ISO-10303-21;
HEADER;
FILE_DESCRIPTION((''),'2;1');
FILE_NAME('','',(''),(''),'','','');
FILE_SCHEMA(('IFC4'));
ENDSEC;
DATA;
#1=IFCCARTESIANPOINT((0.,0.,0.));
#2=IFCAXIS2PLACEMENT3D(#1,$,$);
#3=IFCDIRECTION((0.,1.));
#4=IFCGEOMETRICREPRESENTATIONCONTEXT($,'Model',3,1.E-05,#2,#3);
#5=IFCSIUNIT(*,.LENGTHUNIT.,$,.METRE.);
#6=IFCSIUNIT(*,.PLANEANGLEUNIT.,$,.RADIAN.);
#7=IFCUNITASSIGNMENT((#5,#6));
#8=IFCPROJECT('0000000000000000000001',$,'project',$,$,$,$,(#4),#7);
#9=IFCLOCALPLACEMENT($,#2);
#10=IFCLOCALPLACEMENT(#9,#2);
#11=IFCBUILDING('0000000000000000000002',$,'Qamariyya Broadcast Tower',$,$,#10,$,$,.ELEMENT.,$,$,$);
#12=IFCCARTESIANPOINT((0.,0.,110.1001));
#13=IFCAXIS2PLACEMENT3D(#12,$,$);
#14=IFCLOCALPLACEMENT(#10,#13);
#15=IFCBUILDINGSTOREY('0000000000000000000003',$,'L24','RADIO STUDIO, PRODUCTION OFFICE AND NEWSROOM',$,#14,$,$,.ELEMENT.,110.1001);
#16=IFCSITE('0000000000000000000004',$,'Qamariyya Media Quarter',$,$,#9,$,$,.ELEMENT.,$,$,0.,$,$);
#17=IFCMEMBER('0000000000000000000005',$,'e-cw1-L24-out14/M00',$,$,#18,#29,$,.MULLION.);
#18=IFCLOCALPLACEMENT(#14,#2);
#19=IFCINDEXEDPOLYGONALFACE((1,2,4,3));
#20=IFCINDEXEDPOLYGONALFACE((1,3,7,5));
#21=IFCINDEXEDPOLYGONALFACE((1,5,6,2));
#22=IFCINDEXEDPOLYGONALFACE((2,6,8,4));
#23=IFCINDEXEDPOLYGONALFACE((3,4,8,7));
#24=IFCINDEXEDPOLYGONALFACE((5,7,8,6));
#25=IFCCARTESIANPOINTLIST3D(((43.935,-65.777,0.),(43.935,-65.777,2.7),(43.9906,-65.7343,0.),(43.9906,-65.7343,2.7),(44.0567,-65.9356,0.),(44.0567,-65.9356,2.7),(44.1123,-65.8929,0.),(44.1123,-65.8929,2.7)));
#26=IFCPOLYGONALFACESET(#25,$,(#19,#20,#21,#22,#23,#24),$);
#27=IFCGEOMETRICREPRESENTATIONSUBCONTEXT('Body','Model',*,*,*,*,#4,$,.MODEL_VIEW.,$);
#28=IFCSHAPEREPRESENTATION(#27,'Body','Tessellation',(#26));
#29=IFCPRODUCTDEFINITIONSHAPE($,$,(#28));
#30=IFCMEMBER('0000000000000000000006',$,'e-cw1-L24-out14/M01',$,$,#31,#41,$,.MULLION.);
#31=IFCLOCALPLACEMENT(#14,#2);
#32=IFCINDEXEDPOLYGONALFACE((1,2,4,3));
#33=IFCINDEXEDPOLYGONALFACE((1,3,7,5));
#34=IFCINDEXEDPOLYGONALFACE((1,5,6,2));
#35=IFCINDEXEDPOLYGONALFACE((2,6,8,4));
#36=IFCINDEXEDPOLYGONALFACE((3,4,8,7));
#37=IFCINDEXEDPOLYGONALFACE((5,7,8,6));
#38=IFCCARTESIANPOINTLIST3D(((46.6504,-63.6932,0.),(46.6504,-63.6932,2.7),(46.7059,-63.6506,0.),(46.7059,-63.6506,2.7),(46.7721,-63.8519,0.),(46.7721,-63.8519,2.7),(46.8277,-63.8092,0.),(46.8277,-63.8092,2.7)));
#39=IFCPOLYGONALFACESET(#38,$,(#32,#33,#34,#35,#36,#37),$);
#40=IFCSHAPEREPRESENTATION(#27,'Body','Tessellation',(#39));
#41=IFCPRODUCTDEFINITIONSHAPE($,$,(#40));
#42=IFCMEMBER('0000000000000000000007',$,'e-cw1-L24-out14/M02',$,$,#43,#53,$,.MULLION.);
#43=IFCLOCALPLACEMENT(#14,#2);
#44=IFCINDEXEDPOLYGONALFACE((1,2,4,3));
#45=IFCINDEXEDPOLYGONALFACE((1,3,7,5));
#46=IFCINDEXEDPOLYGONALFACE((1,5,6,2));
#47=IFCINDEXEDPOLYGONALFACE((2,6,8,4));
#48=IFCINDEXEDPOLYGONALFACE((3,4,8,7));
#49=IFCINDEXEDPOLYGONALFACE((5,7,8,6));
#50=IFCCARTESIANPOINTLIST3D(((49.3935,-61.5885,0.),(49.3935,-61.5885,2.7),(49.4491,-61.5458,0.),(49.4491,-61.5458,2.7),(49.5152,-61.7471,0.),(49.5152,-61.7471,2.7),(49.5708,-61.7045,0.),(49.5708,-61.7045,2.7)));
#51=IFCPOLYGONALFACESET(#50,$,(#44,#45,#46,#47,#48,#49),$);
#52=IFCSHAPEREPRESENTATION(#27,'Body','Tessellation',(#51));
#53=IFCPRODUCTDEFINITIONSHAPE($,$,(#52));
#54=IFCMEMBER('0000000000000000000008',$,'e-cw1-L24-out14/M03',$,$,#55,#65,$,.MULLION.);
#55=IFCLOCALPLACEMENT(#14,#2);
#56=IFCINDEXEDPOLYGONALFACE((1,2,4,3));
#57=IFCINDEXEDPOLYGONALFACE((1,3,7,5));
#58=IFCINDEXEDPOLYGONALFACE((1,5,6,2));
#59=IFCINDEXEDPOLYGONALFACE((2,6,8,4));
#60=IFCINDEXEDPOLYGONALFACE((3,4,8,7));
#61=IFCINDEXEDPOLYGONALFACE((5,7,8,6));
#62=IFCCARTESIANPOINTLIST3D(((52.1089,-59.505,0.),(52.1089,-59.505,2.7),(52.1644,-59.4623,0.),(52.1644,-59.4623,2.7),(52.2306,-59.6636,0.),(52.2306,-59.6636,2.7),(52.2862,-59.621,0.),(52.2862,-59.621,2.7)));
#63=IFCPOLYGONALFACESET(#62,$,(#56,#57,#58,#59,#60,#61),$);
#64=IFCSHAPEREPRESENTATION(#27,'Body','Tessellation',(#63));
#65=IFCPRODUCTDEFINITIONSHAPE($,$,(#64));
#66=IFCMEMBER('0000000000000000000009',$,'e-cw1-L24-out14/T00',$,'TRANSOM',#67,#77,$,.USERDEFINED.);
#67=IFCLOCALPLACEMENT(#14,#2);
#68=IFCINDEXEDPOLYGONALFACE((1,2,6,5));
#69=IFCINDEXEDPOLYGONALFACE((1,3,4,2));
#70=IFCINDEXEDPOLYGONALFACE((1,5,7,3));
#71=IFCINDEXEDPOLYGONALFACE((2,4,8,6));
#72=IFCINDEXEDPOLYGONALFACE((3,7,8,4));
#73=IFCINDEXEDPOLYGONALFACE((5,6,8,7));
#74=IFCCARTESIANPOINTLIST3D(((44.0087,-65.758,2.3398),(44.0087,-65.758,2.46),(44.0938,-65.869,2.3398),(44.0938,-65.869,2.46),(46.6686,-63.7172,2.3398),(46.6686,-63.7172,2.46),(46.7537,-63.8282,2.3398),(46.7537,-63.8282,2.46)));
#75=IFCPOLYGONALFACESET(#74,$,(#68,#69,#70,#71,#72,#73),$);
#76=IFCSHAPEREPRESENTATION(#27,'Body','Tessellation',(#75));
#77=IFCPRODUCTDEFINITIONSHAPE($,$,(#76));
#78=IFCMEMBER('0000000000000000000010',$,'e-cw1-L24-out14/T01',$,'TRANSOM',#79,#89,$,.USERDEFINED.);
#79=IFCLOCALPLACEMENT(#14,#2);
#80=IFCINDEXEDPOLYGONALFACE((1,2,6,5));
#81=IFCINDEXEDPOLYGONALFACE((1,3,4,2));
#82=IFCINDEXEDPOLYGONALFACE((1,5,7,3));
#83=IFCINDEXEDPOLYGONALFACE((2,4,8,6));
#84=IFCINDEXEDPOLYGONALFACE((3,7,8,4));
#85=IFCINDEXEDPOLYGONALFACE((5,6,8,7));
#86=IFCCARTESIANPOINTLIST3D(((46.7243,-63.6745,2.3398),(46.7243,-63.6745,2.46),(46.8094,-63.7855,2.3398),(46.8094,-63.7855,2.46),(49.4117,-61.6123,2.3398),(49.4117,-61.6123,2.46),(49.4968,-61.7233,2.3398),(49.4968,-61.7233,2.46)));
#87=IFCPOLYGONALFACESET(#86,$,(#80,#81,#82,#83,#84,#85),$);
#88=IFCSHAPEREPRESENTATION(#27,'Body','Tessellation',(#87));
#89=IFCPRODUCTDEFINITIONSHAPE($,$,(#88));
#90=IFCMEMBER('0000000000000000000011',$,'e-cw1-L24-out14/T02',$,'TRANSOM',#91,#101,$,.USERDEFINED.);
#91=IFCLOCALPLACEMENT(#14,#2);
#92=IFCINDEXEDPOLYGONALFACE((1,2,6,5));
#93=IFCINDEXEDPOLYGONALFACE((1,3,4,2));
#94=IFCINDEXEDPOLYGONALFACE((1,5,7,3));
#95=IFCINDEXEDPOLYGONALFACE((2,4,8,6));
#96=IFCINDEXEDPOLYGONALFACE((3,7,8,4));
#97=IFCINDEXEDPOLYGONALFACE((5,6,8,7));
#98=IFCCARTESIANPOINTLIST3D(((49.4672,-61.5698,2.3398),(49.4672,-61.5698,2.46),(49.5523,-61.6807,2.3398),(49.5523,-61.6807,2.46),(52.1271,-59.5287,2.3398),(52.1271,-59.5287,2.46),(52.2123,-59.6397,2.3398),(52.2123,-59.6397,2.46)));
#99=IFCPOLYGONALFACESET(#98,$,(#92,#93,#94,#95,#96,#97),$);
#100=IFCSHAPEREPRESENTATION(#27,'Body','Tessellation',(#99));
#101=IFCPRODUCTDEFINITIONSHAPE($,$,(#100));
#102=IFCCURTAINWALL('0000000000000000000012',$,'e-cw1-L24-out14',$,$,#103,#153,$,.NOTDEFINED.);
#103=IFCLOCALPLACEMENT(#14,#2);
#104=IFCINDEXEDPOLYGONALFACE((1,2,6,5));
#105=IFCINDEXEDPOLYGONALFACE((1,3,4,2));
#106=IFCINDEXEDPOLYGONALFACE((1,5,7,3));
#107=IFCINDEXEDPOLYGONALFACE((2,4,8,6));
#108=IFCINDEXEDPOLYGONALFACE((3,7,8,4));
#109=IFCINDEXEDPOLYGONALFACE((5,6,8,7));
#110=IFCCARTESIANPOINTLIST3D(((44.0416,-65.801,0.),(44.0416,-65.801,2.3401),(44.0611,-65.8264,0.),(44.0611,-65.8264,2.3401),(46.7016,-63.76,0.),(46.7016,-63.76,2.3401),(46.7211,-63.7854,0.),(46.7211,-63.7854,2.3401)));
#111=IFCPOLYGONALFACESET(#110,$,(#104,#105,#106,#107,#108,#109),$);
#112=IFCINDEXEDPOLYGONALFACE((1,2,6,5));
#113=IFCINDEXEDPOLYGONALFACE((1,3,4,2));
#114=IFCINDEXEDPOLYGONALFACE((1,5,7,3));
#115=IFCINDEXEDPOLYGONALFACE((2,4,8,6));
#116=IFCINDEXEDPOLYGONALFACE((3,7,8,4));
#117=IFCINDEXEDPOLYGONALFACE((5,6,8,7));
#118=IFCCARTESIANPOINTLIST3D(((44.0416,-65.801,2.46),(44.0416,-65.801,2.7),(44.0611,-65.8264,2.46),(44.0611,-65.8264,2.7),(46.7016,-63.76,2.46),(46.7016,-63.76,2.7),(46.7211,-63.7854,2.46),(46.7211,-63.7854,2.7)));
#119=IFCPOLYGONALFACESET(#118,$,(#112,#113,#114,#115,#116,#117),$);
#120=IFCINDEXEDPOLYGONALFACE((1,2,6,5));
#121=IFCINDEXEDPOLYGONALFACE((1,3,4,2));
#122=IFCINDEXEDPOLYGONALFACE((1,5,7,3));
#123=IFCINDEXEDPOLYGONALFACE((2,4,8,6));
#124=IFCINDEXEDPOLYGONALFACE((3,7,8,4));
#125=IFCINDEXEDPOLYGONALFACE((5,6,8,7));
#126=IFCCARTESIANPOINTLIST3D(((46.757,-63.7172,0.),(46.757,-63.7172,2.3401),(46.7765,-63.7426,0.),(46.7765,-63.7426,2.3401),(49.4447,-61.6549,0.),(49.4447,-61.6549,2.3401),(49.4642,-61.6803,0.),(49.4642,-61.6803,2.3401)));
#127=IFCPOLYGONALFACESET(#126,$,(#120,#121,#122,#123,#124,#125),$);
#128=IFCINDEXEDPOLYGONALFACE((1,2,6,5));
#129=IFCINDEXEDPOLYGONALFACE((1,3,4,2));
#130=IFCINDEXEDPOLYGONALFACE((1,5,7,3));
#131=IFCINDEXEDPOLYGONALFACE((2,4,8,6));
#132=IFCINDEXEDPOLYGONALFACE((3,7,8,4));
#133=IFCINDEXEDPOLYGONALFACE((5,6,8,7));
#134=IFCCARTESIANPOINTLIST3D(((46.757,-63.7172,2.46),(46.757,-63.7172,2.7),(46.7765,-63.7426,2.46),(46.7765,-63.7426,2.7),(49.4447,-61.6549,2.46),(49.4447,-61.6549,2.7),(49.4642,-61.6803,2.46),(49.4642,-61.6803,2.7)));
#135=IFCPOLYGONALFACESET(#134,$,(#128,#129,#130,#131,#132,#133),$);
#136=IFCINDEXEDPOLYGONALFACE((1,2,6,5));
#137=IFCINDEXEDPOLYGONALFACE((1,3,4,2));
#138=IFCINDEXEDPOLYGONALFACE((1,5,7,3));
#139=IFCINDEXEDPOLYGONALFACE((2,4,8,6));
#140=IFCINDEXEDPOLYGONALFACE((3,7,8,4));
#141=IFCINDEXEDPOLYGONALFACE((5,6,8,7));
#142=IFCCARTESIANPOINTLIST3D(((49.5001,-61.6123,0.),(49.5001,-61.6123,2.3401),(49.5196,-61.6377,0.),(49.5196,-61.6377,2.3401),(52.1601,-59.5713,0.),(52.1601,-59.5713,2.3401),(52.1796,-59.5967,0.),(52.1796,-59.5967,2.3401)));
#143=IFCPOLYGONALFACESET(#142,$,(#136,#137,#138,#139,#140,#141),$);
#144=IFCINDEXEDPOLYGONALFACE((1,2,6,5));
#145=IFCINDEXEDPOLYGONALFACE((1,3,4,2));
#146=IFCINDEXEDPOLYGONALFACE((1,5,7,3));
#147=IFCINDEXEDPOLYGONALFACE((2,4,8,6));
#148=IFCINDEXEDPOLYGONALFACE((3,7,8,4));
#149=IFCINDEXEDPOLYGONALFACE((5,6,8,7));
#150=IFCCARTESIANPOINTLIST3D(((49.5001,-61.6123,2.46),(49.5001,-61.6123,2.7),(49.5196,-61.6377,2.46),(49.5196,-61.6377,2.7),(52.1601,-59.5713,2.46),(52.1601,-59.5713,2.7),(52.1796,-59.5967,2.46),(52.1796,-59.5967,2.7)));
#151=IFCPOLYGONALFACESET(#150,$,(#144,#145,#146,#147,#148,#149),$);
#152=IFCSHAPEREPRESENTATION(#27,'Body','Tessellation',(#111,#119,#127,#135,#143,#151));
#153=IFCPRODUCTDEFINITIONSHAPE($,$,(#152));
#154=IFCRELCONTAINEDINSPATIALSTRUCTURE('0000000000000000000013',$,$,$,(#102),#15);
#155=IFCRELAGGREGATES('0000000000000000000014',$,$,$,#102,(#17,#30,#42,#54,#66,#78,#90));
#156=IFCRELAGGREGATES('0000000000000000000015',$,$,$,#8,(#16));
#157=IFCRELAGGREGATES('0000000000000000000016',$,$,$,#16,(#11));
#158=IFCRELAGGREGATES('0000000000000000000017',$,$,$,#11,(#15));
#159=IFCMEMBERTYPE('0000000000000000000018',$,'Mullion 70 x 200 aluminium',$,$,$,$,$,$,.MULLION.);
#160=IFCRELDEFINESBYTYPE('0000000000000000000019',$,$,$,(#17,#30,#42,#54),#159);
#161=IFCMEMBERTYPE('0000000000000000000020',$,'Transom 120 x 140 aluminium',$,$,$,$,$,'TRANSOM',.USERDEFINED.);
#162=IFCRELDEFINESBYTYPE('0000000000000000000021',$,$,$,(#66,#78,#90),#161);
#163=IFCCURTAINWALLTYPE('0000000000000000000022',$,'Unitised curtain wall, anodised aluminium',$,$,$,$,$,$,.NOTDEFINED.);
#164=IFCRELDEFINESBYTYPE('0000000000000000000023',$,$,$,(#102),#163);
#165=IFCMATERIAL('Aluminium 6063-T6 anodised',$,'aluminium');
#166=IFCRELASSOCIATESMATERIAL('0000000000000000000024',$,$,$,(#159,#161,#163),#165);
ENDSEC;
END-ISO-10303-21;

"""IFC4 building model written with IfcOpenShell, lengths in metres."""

from ifc_helpers import new_model, si_unit, direction, frame, origin, origin_2d, place, context, subcontext, project, spatial, rectangle, extrude, material, material_profile, profile_set, type_object, element, aggregate, save


model = new_model("IFC4")

# Units and contexts
model_context = context("Model", 3, precision=1e-05, world=origin(), true_north=direction((0.0, 1.0)))
body_context = subcontext(model_context, "Body", "Model", "MODEL_VIEW")
ifc_project = project(units=[si_unit("LENGTHUNIT", "METRE"), si_unit("PLANEANGLEUNIT", "RADIAN")], contexts=[model_context])

# Members
ifc_material_1 = material(Name="Aluminium 6063-T6 anodised", Category="aluminium")
ifc_material_profile_1 = material_profile(ifc_material_1, rectangle(XDim=0.2, YDim=0.0701, at=origin_2d()))
ifc_profile_set_1 = profile_set([ifc_material_profile_1], Name="Aluminium 6063-T6 anodised")
member_type_1 = type_object("IfcMemberType", Name="Mullion 70 x 200 aluminium", PredefinedType="MULLION", material=ifc_profile_set_1)
site_placement = place(None, origin())
building_placement = place(site_placement, origin())
storey_placement = place(building_placement, frame((0.0, 0.0, 110.1001)))
member_1_placement = place(storey_placement, frame((44.0237, -65.835, 0.0), z_axis=(0.0, 0.0, 1.0), x_axis=(-0.608761, 0.793353, 0.0)))
member_1 = element("IfcMember", 1, at=member_1_placement, type_object=member_type_1, Name="e-cw1-L24-out14/M00", PredefinedType="MULLION", context=body_context, shape_type="SweptSolid", body=[
    extrude(rectangle(XDim=0.2, YDim=0.0701, at=origin_2d()), origin(), (0.0, 0.0, 1.0), 2.7),
])
member_2_placement = place(storey_placement, frame((46.739, -63.7512, 0.0), z_axis=(0.0, 0.0, 1.0), x_axis=(-0.608761, 0.793353, 0.0)))
member_2 = element("IfcMember", 2, at=member_2_placement, type_object=member_type_1, Name="e-cw1-L24-out14/M01", PredefinedType="MULLION", context=body_context, shape_type="SweptSolid", body=[
    extrude(rectangle(XDim=0.2, YDim=0.0701, at=origin_2d()), origin(), (0.0, 0.0, 1.0), 2.7),
])
member_3_placement = place(storey_placement, frame((49.4822, -61.6465, 0.0), z_axis=(0.0, 0.0, 1.0), x_axis=(-0.608761, 0.793353, 0.0)))
member_3 = element("IfcMember", 3, at=member_3_placement, type_object=member_type_1, Name="e-cw1-L24-out14/M02", PredefinedType="MULLION", context=body_context, shape_type="SweptSolid", body=[
    extrude(rectangle(XDim=0.2, YDim=0.0701, at=origin_2d()), origin(), (0.0, 0.0, 1.0), 2.7),
])
member_4_placement = place(storey_placement, frame((52.1975, -59.563, 0.0), z_axis=(0.0, 0.0, 1.0), x_axis=(-0.608761, 0.793353, 0.0)))
member_4 = element("IfcMember", 4, at=member_4_placement, type_object=member_type_1, Name="e-cw1-L24-out14/M03", PredefinedType="MULLION", context=body_context, shape_type="SweptSolid", body=[
    extrude(rectangle(XDim=0.2, YDim=0.0701, at=origin_2d()), origin(), (0.0, 0.0, 1.0), 2.7),
])
ifc_material_profile_2 = material_profile(ifc_material_1, rectangle(XDim=0.1399, YDim=0.1201, at=origin_2d()))
ifc_profile_set_2 = profile_set([ifc_material_profile_2], Name="Aluminium 6063-T6 anodised")
member_type_2 = type_object("IfcMemberType", Name="Transom 120 x 140 aluminium", ElementType="TRANSOM", PredefinedType="USERDEFINED", material=ifc_profile_set_2)
member_5_placement = place(storey_placement, frame((44.0513, -65.8135, 2.3999), z_axis=(0.793389, 0.608714, 0.0), x_axis=(-0.608714, 0.793389, 0.0)))
member_5 = element("IfcMember", 5, at=member_5_placement, type_object=member_type_2, Name="e-cw1-L24-out14/T00", ObjectType="TRANSOM", PredefinedType="USERDEFINED", context=body_context, shape_type="SweptSolid", body=[
    extrude(rectangle(XDim=0.1399, YDim=0.1201, at=origin_2d()), origin(), (0.0, 0.0, 1.0), 3.3525),
])
member_6_placement = place(storey_placement, frame((46.7668, -63.73, 2.3999), z_axis=(0.793344, 0.608773, 0.0), x_axis=(-0.608773, 0.793344, 0.0)))
member_6 = element("IfcMember", 6, at=member_6_placement, type_object=member_type_2, Name="e-cw1-L24-out14/T01", ObjectType="TRANSOM", PredefinedType="USERDEFINED", context=body_context, shape_type="SweptSolid", body=[
    extrude(rectangle(XDim=0.1399, YDim=0.1201, at=origin_2d()), origin(), (0.0, 0.0, 1.0), 3.3875),
])
member_7_placement = place(storey_placement, frame((49.5098, -61.6252, 2.3999), z_axis=(0.793354, 0.60876, 0.0), x_axis=(-0.60876, 0.793354, 0.0)))
member_7 = element("IfcMember", 7, at=member_7_placement, type_object=member_type_2, Name="e-cw1-L24-out14/T02", ObjectType="TRANSOM", PredefinedType="USERDEFINED", context=body_context, shape_type="SweptSolid", body=[
    extrude(rectangle(XDim=0.1399, YDim=0.1201, at=origin_2d()), origin(), (0.0, 0.0, 1.0), 3.3528),
])

# Site, building, storey
site = spatial("IfcSite", under=ifc_project, at=site_placement, Name="Qamariyya Media Quarter", CompositionType="ELEMENT", RefElevation=0.0)
building = spatial("IfcBuilding", under=site, at=building_placement, Name="Qamariyya Broadcast Tower", CompositionType="ELEMENT")
storey = spatial("IfcBuildingStorey", under=building, at=storey_placement, Name="L24", Description="RADIO STUDIO, PRODUCTION OFFICE AND NEWSROOM", CompositionType="ELEMENT", Elevation=110.1001)

# Curtain wall
curtain_wall_type = type_object("IfcCurtainWallType", Name="Unitised curtain wall, anodised aluminium", PredefinedType="NOTDEFINED", material=ifc_material_1)
curtain_wall_1_placement = place(storey_placement, origin())
curtain_wall_1 = element("IfcCurtainWall", 8, at=curtain_wall_1_placement, inside=storey, type_object=curtain_wall_type, Name="e-cw1-L24-out14", PredefinedType="NOTDEFINED", context=body_context, shape_type="SweptSolid", body=[
    extrude(rectangle(XDim=3.3528, YDim=0.032, at=origin_2d()), frame((45.3813, -64.7932, 0.0), x_axis=(0.793354, 0.608761, 0.0)), (0.0, 0.0, 1.0), 2.3401),
    extrude(rectangle(XDim=3.3528, YDim=0.032, at=origin_2d()), frame((45.3813, -64.7932, 2.46), x_axis=(0.793354, 0.608761, 0.0)), (0.0, 0.0, 1.0), 0.24),
    extrude(rectangle(XDim=3.3877, YDim=0.032, at=origin_2d()), frame((48.1106, -62.6987, 0.0), x_axis=(0.793354, 0.608761, 0.0)), (0.0, 0.0, 1.0), 2.3401),
    extrude(rectangle(XDim=3.3877, YDim=0.032, at=origin_2d()), frame((48.1106, -62.6987, 2.46), x_axis=(0.793354, 0.608761, 0.0)), (0.0, 0.0, 1.0), 0.24),
    extrude(rectangle(XDim=3.3528, YDim=0.032, at=origin_2d()), frame((50.8398, -60.6045, 0.0), x_axis=(0.793354, 0.608761, 0.0)), (0.0, 0.0, 1.0), 2.3401),
    extrude(rectangle(XDim=3.3528, YDim=0.032, at=origin_2d()), frame((50.8398, -60.6045, 2.46), x_axis=(0.793354, 0.608761, 0.0)), (0.0, 0.0, 1.0), 0.24),
])
aggregate(curtain_wall_1, [member_1, member_2, member_3, member_4, member_5, member_6, member_7])

save(model, "model.ifc")
